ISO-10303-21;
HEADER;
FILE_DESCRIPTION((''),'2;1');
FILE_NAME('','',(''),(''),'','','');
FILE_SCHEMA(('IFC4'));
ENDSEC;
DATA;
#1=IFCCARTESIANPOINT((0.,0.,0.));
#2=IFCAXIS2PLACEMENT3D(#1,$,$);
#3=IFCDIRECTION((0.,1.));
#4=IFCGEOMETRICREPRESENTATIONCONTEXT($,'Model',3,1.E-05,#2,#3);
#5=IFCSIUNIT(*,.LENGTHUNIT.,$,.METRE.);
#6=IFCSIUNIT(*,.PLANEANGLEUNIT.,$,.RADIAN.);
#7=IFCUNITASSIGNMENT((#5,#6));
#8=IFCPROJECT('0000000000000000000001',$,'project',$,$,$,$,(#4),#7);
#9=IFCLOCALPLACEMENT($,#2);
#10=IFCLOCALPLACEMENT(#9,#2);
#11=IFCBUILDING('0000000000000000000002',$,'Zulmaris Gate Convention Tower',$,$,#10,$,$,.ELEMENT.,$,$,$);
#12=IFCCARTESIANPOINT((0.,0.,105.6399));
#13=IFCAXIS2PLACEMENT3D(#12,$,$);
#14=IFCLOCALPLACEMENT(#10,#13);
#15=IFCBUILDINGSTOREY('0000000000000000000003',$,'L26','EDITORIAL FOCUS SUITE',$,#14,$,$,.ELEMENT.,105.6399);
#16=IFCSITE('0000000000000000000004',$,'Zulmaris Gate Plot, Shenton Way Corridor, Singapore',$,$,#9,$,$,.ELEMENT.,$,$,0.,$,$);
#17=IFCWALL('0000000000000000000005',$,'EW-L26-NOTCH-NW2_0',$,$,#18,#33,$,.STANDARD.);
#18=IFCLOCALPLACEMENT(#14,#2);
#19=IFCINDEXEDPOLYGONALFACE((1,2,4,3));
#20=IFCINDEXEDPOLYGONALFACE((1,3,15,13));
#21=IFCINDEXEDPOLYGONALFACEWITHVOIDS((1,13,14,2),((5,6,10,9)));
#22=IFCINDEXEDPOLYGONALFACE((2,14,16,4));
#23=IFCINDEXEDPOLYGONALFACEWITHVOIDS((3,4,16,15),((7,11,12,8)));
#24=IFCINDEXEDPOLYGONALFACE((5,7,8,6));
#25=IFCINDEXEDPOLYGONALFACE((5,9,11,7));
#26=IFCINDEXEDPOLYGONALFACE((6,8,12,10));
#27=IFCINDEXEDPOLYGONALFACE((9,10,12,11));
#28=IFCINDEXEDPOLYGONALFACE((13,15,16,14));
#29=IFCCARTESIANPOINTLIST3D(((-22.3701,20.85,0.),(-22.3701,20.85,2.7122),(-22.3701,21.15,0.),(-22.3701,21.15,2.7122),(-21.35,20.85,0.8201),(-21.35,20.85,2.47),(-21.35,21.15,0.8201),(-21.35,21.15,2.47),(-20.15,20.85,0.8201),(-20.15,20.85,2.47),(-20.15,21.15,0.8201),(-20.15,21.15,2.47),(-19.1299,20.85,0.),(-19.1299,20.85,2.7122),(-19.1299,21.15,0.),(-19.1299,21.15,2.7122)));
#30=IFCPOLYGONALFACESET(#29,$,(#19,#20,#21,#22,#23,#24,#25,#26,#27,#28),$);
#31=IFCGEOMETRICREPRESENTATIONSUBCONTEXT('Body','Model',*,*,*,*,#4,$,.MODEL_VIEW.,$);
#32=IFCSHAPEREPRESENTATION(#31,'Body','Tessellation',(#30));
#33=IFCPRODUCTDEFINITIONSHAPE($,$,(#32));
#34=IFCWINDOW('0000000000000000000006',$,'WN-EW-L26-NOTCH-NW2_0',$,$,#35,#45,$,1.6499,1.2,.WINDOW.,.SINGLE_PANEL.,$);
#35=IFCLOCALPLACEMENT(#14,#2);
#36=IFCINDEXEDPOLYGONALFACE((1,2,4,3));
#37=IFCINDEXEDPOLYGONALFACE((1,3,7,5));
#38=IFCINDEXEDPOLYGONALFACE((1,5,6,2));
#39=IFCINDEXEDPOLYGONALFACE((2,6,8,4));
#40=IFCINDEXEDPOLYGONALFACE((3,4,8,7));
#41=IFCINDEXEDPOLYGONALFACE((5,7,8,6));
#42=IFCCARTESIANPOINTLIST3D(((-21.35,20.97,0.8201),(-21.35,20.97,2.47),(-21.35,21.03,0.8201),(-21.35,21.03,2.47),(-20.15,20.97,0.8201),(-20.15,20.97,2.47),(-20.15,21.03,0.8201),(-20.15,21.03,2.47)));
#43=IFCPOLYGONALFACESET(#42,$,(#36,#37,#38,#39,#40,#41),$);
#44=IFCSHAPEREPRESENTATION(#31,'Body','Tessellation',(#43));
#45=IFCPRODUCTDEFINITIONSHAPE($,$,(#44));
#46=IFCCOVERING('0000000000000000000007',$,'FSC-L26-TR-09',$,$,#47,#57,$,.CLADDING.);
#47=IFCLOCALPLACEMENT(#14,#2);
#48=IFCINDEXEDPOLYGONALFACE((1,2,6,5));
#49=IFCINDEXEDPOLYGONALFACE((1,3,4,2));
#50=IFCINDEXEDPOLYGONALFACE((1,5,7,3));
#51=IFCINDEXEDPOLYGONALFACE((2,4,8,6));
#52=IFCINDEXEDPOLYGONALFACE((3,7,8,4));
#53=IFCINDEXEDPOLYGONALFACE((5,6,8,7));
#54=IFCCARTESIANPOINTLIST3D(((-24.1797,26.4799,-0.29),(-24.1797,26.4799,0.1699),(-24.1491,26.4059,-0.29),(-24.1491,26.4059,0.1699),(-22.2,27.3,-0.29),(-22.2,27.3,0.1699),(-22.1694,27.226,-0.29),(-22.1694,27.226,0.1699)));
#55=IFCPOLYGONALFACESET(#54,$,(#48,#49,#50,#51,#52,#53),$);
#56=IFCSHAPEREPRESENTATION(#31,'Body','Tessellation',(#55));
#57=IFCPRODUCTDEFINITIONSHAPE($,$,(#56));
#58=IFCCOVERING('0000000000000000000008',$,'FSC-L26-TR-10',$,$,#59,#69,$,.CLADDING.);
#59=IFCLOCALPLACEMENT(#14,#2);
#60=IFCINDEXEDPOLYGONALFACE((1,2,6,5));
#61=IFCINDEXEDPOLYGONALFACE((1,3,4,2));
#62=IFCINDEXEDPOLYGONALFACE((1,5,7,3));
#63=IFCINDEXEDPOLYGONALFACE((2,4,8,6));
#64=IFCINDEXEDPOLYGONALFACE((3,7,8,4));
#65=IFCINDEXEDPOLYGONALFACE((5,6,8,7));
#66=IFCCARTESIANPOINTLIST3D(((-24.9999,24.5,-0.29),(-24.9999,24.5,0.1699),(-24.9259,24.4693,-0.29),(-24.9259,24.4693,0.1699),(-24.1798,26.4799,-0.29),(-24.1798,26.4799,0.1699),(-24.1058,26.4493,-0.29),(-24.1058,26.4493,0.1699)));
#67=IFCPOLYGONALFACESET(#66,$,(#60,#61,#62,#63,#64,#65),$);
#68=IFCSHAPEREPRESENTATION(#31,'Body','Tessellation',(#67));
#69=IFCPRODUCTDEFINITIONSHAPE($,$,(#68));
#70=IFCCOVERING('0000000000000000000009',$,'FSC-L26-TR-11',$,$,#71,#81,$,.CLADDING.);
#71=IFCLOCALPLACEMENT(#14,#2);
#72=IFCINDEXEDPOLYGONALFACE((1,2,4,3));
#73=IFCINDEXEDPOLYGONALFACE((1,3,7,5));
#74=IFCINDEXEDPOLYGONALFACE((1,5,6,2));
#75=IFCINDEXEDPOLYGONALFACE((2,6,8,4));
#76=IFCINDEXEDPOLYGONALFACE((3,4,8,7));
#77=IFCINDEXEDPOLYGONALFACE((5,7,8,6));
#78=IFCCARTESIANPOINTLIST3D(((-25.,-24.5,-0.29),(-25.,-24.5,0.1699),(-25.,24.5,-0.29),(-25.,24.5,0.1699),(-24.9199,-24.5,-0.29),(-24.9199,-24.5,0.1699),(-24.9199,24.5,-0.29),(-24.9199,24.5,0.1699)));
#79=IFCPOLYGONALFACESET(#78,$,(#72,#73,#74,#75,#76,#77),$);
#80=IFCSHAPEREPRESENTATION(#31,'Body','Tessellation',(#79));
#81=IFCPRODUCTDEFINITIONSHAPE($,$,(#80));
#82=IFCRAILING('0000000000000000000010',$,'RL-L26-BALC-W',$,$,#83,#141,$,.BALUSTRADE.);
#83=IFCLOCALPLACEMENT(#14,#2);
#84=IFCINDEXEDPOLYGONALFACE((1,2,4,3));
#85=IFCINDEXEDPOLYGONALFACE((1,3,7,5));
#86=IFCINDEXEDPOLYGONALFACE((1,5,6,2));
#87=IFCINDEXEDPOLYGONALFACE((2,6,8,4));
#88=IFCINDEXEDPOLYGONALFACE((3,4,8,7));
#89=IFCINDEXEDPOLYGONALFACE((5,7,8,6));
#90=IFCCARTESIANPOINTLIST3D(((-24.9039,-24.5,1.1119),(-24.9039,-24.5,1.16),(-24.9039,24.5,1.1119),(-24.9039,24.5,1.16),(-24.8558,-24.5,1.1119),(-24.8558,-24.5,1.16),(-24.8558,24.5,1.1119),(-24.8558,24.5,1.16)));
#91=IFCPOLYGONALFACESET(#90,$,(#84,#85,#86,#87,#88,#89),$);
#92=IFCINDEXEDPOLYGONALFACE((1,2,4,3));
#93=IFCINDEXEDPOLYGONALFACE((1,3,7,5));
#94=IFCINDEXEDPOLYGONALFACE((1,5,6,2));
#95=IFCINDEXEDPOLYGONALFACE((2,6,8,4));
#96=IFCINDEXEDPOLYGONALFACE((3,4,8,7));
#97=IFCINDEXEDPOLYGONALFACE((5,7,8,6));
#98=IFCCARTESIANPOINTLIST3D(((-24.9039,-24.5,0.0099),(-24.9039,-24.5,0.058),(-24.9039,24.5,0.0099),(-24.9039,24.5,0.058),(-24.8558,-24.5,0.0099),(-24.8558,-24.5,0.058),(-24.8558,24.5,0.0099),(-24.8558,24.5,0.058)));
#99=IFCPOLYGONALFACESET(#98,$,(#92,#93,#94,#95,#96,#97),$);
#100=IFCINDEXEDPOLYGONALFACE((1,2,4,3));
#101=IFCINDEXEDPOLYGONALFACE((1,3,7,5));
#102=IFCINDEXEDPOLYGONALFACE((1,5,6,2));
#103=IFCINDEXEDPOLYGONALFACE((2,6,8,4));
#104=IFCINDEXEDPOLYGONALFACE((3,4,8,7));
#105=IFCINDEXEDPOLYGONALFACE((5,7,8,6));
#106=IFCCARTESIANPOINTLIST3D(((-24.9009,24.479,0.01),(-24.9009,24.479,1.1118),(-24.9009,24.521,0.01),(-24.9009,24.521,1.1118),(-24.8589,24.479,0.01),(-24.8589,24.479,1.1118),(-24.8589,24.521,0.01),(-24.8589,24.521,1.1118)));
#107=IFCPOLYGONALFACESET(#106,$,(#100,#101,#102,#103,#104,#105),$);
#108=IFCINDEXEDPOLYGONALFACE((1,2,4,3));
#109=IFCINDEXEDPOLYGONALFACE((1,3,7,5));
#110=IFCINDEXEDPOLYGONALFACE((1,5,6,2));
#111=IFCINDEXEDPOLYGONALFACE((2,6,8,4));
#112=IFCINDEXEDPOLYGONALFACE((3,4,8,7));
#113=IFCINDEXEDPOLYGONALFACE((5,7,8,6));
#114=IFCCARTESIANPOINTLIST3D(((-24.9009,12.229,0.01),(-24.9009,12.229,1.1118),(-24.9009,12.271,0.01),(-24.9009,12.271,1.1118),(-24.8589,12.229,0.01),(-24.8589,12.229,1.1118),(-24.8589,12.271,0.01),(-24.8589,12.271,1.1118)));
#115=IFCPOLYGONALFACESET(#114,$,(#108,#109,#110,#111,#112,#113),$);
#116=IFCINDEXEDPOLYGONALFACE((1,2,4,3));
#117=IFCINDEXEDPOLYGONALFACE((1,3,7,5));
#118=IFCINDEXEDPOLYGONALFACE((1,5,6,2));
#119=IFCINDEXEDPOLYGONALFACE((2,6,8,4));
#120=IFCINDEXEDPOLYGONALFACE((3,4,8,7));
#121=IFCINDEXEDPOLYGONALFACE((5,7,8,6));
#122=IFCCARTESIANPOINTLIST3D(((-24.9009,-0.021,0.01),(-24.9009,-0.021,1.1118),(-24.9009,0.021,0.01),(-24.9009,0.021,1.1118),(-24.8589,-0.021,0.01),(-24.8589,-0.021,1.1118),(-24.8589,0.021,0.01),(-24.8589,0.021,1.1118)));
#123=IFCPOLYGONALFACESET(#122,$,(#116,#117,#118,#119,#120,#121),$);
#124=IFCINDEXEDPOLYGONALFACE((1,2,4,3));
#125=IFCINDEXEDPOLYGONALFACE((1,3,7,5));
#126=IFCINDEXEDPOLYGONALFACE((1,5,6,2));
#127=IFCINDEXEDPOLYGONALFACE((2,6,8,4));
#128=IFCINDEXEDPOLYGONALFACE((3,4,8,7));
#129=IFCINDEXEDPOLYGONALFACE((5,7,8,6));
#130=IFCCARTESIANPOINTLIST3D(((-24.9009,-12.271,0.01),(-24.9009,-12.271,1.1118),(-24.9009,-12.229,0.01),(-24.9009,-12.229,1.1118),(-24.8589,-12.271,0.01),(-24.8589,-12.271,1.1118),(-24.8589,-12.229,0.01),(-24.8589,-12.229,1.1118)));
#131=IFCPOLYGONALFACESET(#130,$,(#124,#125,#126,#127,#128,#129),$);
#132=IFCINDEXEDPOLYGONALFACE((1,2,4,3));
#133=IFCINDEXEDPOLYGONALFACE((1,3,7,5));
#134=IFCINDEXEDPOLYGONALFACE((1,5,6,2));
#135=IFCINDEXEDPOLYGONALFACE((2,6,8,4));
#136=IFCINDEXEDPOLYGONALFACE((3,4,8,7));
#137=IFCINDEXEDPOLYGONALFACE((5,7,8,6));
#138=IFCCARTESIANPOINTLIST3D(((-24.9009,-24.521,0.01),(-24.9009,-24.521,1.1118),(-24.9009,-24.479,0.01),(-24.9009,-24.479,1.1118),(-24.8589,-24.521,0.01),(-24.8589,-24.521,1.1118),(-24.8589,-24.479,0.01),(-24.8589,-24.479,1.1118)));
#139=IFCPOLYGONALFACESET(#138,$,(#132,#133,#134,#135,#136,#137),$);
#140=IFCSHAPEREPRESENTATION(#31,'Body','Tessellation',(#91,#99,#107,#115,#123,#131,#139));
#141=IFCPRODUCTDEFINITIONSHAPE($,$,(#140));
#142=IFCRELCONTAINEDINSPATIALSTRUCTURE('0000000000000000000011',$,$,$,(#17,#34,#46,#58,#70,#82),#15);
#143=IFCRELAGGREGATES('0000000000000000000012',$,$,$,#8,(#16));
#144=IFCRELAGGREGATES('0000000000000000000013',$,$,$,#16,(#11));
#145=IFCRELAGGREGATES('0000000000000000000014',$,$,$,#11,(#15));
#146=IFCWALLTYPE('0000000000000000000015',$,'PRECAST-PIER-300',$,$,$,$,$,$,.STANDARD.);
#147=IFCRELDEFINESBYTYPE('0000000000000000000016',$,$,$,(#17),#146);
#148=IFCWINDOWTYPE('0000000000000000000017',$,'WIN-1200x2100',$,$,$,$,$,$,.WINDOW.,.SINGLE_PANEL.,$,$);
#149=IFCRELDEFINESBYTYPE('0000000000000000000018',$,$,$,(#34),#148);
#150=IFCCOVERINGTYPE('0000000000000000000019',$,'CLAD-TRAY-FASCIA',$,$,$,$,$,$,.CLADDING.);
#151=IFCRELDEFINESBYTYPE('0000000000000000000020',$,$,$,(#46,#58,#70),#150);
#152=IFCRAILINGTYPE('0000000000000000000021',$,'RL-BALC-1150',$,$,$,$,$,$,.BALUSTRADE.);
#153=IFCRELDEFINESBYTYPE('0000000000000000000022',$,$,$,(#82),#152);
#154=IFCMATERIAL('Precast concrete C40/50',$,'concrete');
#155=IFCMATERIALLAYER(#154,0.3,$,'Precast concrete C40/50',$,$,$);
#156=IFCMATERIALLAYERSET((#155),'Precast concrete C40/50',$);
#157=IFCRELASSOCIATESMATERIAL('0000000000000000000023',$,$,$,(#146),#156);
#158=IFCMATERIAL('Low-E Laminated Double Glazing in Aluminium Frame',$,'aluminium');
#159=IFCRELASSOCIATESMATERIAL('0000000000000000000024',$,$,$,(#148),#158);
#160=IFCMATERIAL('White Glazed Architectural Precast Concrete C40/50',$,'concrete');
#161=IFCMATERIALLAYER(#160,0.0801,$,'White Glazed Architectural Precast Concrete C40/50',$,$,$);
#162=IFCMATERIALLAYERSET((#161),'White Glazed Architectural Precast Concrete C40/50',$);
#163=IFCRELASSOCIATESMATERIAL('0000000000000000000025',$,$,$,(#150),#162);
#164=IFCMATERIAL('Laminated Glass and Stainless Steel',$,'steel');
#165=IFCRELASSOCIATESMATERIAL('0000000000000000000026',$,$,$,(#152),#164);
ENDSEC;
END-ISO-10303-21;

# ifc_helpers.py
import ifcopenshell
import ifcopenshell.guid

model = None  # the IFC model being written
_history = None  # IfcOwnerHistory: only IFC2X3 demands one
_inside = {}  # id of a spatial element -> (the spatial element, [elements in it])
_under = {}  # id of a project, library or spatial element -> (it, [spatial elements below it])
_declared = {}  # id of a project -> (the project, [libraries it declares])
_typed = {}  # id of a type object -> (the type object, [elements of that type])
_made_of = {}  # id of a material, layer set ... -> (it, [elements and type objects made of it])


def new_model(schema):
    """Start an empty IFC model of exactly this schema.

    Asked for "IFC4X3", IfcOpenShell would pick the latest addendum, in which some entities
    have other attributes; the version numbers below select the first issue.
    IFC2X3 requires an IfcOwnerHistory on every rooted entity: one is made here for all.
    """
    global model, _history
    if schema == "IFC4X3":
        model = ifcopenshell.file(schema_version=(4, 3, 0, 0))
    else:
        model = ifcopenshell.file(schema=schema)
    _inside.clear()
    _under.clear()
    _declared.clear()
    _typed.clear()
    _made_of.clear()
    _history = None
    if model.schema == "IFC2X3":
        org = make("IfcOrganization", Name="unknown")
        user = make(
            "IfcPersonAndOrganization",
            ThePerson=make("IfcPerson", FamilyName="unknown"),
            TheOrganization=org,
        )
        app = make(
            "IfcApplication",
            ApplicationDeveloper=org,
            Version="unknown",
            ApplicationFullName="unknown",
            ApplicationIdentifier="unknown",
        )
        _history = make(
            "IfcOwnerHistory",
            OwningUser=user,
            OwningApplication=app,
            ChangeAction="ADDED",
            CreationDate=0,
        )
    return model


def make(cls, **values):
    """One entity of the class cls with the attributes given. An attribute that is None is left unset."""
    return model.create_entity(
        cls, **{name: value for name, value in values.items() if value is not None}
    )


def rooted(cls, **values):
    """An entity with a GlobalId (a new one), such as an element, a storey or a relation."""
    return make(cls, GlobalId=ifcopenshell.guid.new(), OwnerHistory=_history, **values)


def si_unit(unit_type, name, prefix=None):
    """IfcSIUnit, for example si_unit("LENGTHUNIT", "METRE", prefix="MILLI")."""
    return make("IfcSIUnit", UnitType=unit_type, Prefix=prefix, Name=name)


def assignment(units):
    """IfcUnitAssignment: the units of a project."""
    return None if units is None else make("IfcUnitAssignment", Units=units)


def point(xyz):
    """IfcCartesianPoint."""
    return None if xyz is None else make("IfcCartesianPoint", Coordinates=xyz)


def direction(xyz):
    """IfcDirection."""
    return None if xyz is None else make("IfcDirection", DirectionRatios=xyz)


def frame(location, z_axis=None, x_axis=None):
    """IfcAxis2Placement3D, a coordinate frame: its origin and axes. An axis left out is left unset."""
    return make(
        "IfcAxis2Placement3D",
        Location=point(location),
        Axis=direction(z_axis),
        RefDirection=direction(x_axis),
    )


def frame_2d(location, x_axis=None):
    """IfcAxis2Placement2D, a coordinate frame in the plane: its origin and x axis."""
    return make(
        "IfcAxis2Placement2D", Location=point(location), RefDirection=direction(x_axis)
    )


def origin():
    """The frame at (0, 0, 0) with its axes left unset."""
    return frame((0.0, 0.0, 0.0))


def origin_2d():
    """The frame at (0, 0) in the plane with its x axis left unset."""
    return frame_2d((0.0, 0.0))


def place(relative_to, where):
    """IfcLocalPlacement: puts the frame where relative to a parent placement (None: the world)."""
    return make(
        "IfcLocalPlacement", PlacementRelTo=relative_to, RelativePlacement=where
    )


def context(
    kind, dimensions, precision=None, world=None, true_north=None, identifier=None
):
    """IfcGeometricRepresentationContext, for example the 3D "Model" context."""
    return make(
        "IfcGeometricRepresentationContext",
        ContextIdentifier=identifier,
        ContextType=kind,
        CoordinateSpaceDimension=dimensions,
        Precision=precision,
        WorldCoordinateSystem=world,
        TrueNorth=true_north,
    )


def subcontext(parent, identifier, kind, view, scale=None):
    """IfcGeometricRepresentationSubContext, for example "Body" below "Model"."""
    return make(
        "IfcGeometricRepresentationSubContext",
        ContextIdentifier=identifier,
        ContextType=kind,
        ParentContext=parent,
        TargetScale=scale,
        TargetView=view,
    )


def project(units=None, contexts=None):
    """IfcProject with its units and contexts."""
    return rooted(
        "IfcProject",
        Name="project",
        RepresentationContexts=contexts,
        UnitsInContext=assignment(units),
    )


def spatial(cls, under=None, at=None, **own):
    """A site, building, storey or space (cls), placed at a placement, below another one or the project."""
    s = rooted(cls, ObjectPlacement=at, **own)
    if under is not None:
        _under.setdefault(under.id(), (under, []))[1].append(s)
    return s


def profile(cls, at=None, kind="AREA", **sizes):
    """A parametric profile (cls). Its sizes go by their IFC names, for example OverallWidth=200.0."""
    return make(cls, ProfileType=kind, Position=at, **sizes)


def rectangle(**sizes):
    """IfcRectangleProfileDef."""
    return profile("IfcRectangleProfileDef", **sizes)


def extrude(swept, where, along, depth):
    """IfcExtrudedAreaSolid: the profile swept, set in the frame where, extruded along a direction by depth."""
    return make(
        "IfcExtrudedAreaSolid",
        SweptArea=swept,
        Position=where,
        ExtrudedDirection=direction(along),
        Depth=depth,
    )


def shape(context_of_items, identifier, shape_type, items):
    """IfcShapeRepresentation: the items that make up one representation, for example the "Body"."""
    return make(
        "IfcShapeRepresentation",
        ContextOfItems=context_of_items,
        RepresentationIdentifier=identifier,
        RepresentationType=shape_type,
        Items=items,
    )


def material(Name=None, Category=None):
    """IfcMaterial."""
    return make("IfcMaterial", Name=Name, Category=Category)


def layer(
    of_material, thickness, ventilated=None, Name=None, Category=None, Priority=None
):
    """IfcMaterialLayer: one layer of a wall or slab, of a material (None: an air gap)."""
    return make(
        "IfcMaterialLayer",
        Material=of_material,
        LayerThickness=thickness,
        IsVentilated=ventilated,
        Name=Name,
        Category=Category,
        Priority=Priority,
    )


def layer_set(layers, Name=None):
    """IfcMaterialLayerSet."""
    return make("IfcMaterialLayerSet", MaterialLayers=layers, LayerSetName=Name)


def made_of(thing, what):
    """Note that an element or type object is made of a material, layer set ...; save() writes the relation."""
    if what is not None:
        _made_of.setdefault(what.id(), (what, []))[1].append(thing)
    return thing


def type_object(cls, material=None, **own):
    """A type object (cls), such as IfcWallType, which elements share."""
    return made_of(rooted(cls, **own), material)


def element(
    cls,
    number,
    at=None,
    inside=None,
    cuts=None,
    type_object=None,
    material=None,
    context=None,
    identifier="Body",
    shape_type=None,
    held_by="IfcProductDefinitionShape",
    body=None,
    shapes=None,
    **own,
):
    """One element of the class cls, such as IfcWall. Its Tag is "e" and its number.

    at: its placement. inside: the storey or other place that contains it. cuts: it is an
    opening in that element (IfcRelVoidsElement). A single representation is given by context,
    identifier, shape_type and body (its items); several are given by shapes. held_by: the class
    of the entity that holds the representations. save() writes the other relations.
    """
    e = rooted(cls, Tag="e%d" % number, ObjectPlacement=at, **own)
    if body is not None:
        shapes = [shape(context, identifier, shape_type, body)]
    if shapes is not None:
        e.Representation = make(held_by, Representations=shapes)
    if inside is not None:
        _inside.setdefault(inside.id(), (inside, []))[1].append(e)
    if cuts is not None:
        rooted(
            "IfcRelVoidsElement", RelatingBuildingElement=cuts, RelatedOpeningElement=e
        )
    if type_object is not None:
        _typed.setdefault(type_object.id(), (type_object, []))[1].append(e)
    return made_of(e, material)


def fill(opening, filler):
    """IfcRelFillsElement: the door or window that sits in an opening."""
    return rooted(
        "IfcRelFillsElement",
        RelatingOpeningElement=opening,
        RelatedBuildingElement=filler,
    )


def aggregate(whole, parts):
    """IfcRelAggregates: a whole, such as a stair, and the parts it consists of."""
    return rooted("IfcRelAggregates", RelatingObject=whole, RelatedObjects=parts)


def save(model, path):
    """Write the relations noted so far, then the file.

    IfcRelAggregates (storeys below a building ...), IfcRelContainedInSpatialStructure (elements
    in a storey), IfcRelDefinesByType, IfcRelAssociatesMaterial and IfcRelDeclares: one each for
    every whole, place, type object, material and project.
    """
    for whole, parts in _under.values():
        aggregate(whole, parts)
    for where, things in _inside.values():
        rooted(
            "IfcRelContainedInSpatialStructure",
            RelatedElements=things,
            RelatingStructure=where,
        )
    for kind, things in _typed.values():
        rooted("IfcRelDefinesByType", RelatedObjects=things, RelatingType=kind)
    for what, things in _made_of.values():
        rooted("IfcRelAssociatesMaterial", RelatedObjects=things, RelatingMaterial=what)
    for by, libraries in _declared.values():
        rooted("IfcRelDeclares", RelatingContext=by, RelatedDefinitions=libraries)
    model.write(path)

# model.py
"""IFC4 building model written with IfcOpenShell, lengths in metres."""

from ifc_helpers import new_model, si_unit, direction, frame, frame_2d, origin, origin_2d, place, context, subcontext, project, spatial, rectangle, extrude, material, layer, layer_set, type_object, element, fill, save


model = new_model("IFC4")

# Units and contexts
model_context = context("Model", 3, precision=1e-05, world=origin(), true_north=direction((0.0, 1.0)))
body_context = subcontext(model_context, "Body", "Model", "MODEL_VIEW")
ifc_project = project(units=[si_unit("LENGTHUNIT", "METRE"), si_unit("PLANEANGLEUNIT", "RADIAN")], contexts=[model_context])

# Site, building, storey
site_placement = place(None, origin())
site = spatial("IfcSite", under=ifc_project, at=site_placement, Name="Zulmaris Gate Plot, Shenton Way Corridor, Singapore", CompositionType="ELEMENT", RefElevation=0.0)
building_placement = place(site_placement, origin())
building = spatial("IfcBuilding", under=site, at=building_placement, Name="Zulmaris Gate Convention Tower", CompositionType="ELEMENT")
storey_placement = place(building_placement, frame((0.0, 0.0, 105.6399)))
storey = spatial("IfcBuildingStorey", under=building, at=storey_placement, Name="L26", Description="EDITORIAL FOCUS SUITE", CompositionType="ELEMENT", Elevation=105.6399)

# Wall, opening, window
ifc_material_1 = material(Name="Precast concrete C40/50", Category="concrete")
ifc_layer_1 = layer(ifc_material_1, 0.3, Name="Precast concrete C40/50")
ifc_layer_set_1 = layer_set([ifc_layer_1], Name="Precast concrete C40/50")
wall_type = type_object("IfcWallType", Name="PRECAST-PIER-300", PredefinedType="STANDARD", material=ifc_layer_set_1)
ifc_material_2 = material(Name="Low-E Laminated Double Glazing in Aluminium Frame", Category="aluminium")
window_type = type_object("IfcWindowType", Name="WIN-1200x2100", PartitioningType="SINGLE_PANEL", PredefinedType="WINDOW", material=ifc_material_2)
wall_1_placement = place(storey_placement, frame((-19.1299, 21.0, 0.0), z_axis=(0.0, 0.0, 1.0), x_axis=(-1.0, 0.0, 0.0)))
wall_1 = element("IfcWall", 1, at=wall_1_placement, inside=storey, type_object=wall_type, Name="EW-L26-NOTCH-NW2_0", PredefinedType="STANDARD", context=body_context, shape_type="SweptSolid", body=[
    extrude(rectangle(XDim=3.2402, YDim=0.3, at=frame_2d((1.6201, 0.0))), origin(), (0.0, 0.0, 1.0), 2.7122),
])
opening_1_placement = place(wall_1_placement, frame((1.02, 0.0, 0.8201)))
opening_1 = element("IfcOpeningElement", 2, at=opening_1_placement, cuts=wall_1, PredefinedType="OPENING", context=body_context, shape_type="SweptSolid", body=[
    extrude(rectangle(XDim=1.2, YDim=1.6499, at=frame_2d((0.6001, 0.825))), frame((0.0, 0.1602, 0.0), z_axis=(0.0, -1.0, 0.0), x_axis=(1.0, 0.0, 0.0)), (0.0, 0.0, 1.0), 0.3201),
])
window_1_placement = place(opening_1_placement, origin())
window_1 = element("IfcWindow", 3, at=window_1_placement, inside=storey, type_object=window_type, Name="WN-EW-L26-NOTCH-NW2_0", OverallHeight=1.6499, OverallWidth=1.2, PartitioningType="SINGLE_PANEL", PredefinedType="WINDOW", context=body_context, shape_type="SweptSolid", body=[
    extrude(rectangle(XDim=1.2, YDim=1.6499, at=frame_2d((0.6001, 0.825))), frame((0.0, 0.03, 0.0), z_axis=(0.0, -1.0, 0.0), x_axis=(1.0, 0.0, 0.0)), (0.0, 0.0, 1.0), 0.0601),
])
fill(opening_1, window_1)

# Coverings
ifc_material_3 = material(Name="White Glazed Architectural Precast Concrete C40/50", Category="concrete")
ifc_layer_2 = layer(ifc_material_3, 0.0801, Name="White Glazed Architectural Precast Concrete C40/50")
ifc_layer_set_2 = layer_set([ifc_layer_2], Name="White Glazed Architectural Precast Concrete C40/50")
covering_type = type_object("IfcCoveringType", Name="CLAD-TRAY-FASCIA", PredefinedType="CLADDING", material=ifc_layer_set_2)
covering_1_placement = place(storey_placement, frame((-22.1848, 27.2629, -0.29), z_axis=(0.0, 0.0, 1.0), x_axis=(-0.923874, -0.382697, 0.0)))
element("IfcCovering", 4, at=covering_1_placement, inside=storey, type_object=covering_type, Name="FSC-L26-TR-09", PredefinedType="CLADDING", context=body_context, shape_type="SweptSolid", body=[
    extrude(rectangle(XDim=2.1428, YDim=0.0801, at=frame_2d((1.0713, 0.0))), origin(), (0.0, 0.0, 1.0), 0.46),
])
covering_2_placement = place(storey_placement, frame((-24.1428, 26.4646, -0.29), z_axis=(0.0, 0.0, 1.0), x_axis=(-0.382657, -0.92389, 0.0)))
element("IfcCovering", 5, at=covering_2_placement, inside=storey, type_object=covering_type, Name="FSC-L26-TR-10", PredefinedType="CLADDING", context=body_context, shape_type="SweptSolid", body=[
    extrude(rectangle(XDim=2.1431, YDim=0.0801, at=frame_2d((1.0715, 0.0))), origin(), (0.0, 0.0, 1.0), 0.46),
])
covering_3_placement = place(storey_placement, frame((-24.96, 24.5, -0.29), z_axis=(0.0, 0.0, 1.0), x_axis=(0.0, -1.0, 0.0)))
element("IfcCovering", 6, at=covering_3_placement, inside=storey, type_object=covering_type, Name="FSC-L26-TR-11", PredefinedType="CLADDING", context=body_context, shape_type="SweptSolid", body=[
    extrude(rectangle(XDim=49.0, YDim=0.0801, at=frame_2d((24.5, 0.0))), origin(), (0.0, 0.0, 1.0), 0.46),
])

# Railing
ifc_material_4 = material(Name="Laminated Glass and Stainless Steel", Category="steel")
railing_type = type_object("IfcRailingType", Name="RL-BALC-1150", PredefinedType="BALUSTRADE", material=ifc_material_4)
railing_placement = place(storey_placement, frame((-24.8799, 24.5, 0.01)))
element("IfcRailing", 7, at=railing_placement, inside=storey, type_object=railing_type, Name="RL-L26-BALC-W", PredefinedType="BALUSTRADE", context=body_context, shape_type="SweptSolid", body=[
    extrude(rectangle(XDim=0.0481, YDim=0.0481, at=origin_2d()), frame((0.0, 0.0, 1.126), z_axis=(0.0, -1.0, 0.0), x_axis=(1.0, 0.0, 0.0)), (0.0, 0.0, 1.0), 49.0),
    extrude(rectangle(XDim=0.0481, YDim=0.0481, at=origin_2d()), frame((0.0, 0.0, 0.0239), z_axis=(0.0, -1.0, 0.0), x_axis=(1.0, 0.0, 0.0)), (0.0, 0.0, 1.0), 49.0),
    extrude(rectangle(XDim=0.042, YDim=0.042, at=origin_2d()), origin(), (0.0, 0.0, 1.0), 1.1018),
    extrude(rectangle(XDim=0.042, YDim=0.042, at=origin_2d()), frame((0.0, -12.25, 0.0)), (0.0, 0.0, 1.0), 1.1018),
    extrude(rectangle(XDim=0.042, YDim=0.042, at=origin_2d()), frame((0.0, -24.5, 0.0)), (0.0, 0.0, 1.0), 1.1018),
    extrude(rectangle(XDim=0.042, YDim=0.042, at=origin_2d()), frame((0.0, -36.75, 0.0)), (0.0, 0.0, 1.0), 1.1018),
    extrude(rectangle(XDim=0.042, YDim=0.042, at=origin_2d()), frame((0.0, -49.0, 0.0)), (0.0, 0.0, 1.0), 1.1018),
])

save(model, "model.ifc")
